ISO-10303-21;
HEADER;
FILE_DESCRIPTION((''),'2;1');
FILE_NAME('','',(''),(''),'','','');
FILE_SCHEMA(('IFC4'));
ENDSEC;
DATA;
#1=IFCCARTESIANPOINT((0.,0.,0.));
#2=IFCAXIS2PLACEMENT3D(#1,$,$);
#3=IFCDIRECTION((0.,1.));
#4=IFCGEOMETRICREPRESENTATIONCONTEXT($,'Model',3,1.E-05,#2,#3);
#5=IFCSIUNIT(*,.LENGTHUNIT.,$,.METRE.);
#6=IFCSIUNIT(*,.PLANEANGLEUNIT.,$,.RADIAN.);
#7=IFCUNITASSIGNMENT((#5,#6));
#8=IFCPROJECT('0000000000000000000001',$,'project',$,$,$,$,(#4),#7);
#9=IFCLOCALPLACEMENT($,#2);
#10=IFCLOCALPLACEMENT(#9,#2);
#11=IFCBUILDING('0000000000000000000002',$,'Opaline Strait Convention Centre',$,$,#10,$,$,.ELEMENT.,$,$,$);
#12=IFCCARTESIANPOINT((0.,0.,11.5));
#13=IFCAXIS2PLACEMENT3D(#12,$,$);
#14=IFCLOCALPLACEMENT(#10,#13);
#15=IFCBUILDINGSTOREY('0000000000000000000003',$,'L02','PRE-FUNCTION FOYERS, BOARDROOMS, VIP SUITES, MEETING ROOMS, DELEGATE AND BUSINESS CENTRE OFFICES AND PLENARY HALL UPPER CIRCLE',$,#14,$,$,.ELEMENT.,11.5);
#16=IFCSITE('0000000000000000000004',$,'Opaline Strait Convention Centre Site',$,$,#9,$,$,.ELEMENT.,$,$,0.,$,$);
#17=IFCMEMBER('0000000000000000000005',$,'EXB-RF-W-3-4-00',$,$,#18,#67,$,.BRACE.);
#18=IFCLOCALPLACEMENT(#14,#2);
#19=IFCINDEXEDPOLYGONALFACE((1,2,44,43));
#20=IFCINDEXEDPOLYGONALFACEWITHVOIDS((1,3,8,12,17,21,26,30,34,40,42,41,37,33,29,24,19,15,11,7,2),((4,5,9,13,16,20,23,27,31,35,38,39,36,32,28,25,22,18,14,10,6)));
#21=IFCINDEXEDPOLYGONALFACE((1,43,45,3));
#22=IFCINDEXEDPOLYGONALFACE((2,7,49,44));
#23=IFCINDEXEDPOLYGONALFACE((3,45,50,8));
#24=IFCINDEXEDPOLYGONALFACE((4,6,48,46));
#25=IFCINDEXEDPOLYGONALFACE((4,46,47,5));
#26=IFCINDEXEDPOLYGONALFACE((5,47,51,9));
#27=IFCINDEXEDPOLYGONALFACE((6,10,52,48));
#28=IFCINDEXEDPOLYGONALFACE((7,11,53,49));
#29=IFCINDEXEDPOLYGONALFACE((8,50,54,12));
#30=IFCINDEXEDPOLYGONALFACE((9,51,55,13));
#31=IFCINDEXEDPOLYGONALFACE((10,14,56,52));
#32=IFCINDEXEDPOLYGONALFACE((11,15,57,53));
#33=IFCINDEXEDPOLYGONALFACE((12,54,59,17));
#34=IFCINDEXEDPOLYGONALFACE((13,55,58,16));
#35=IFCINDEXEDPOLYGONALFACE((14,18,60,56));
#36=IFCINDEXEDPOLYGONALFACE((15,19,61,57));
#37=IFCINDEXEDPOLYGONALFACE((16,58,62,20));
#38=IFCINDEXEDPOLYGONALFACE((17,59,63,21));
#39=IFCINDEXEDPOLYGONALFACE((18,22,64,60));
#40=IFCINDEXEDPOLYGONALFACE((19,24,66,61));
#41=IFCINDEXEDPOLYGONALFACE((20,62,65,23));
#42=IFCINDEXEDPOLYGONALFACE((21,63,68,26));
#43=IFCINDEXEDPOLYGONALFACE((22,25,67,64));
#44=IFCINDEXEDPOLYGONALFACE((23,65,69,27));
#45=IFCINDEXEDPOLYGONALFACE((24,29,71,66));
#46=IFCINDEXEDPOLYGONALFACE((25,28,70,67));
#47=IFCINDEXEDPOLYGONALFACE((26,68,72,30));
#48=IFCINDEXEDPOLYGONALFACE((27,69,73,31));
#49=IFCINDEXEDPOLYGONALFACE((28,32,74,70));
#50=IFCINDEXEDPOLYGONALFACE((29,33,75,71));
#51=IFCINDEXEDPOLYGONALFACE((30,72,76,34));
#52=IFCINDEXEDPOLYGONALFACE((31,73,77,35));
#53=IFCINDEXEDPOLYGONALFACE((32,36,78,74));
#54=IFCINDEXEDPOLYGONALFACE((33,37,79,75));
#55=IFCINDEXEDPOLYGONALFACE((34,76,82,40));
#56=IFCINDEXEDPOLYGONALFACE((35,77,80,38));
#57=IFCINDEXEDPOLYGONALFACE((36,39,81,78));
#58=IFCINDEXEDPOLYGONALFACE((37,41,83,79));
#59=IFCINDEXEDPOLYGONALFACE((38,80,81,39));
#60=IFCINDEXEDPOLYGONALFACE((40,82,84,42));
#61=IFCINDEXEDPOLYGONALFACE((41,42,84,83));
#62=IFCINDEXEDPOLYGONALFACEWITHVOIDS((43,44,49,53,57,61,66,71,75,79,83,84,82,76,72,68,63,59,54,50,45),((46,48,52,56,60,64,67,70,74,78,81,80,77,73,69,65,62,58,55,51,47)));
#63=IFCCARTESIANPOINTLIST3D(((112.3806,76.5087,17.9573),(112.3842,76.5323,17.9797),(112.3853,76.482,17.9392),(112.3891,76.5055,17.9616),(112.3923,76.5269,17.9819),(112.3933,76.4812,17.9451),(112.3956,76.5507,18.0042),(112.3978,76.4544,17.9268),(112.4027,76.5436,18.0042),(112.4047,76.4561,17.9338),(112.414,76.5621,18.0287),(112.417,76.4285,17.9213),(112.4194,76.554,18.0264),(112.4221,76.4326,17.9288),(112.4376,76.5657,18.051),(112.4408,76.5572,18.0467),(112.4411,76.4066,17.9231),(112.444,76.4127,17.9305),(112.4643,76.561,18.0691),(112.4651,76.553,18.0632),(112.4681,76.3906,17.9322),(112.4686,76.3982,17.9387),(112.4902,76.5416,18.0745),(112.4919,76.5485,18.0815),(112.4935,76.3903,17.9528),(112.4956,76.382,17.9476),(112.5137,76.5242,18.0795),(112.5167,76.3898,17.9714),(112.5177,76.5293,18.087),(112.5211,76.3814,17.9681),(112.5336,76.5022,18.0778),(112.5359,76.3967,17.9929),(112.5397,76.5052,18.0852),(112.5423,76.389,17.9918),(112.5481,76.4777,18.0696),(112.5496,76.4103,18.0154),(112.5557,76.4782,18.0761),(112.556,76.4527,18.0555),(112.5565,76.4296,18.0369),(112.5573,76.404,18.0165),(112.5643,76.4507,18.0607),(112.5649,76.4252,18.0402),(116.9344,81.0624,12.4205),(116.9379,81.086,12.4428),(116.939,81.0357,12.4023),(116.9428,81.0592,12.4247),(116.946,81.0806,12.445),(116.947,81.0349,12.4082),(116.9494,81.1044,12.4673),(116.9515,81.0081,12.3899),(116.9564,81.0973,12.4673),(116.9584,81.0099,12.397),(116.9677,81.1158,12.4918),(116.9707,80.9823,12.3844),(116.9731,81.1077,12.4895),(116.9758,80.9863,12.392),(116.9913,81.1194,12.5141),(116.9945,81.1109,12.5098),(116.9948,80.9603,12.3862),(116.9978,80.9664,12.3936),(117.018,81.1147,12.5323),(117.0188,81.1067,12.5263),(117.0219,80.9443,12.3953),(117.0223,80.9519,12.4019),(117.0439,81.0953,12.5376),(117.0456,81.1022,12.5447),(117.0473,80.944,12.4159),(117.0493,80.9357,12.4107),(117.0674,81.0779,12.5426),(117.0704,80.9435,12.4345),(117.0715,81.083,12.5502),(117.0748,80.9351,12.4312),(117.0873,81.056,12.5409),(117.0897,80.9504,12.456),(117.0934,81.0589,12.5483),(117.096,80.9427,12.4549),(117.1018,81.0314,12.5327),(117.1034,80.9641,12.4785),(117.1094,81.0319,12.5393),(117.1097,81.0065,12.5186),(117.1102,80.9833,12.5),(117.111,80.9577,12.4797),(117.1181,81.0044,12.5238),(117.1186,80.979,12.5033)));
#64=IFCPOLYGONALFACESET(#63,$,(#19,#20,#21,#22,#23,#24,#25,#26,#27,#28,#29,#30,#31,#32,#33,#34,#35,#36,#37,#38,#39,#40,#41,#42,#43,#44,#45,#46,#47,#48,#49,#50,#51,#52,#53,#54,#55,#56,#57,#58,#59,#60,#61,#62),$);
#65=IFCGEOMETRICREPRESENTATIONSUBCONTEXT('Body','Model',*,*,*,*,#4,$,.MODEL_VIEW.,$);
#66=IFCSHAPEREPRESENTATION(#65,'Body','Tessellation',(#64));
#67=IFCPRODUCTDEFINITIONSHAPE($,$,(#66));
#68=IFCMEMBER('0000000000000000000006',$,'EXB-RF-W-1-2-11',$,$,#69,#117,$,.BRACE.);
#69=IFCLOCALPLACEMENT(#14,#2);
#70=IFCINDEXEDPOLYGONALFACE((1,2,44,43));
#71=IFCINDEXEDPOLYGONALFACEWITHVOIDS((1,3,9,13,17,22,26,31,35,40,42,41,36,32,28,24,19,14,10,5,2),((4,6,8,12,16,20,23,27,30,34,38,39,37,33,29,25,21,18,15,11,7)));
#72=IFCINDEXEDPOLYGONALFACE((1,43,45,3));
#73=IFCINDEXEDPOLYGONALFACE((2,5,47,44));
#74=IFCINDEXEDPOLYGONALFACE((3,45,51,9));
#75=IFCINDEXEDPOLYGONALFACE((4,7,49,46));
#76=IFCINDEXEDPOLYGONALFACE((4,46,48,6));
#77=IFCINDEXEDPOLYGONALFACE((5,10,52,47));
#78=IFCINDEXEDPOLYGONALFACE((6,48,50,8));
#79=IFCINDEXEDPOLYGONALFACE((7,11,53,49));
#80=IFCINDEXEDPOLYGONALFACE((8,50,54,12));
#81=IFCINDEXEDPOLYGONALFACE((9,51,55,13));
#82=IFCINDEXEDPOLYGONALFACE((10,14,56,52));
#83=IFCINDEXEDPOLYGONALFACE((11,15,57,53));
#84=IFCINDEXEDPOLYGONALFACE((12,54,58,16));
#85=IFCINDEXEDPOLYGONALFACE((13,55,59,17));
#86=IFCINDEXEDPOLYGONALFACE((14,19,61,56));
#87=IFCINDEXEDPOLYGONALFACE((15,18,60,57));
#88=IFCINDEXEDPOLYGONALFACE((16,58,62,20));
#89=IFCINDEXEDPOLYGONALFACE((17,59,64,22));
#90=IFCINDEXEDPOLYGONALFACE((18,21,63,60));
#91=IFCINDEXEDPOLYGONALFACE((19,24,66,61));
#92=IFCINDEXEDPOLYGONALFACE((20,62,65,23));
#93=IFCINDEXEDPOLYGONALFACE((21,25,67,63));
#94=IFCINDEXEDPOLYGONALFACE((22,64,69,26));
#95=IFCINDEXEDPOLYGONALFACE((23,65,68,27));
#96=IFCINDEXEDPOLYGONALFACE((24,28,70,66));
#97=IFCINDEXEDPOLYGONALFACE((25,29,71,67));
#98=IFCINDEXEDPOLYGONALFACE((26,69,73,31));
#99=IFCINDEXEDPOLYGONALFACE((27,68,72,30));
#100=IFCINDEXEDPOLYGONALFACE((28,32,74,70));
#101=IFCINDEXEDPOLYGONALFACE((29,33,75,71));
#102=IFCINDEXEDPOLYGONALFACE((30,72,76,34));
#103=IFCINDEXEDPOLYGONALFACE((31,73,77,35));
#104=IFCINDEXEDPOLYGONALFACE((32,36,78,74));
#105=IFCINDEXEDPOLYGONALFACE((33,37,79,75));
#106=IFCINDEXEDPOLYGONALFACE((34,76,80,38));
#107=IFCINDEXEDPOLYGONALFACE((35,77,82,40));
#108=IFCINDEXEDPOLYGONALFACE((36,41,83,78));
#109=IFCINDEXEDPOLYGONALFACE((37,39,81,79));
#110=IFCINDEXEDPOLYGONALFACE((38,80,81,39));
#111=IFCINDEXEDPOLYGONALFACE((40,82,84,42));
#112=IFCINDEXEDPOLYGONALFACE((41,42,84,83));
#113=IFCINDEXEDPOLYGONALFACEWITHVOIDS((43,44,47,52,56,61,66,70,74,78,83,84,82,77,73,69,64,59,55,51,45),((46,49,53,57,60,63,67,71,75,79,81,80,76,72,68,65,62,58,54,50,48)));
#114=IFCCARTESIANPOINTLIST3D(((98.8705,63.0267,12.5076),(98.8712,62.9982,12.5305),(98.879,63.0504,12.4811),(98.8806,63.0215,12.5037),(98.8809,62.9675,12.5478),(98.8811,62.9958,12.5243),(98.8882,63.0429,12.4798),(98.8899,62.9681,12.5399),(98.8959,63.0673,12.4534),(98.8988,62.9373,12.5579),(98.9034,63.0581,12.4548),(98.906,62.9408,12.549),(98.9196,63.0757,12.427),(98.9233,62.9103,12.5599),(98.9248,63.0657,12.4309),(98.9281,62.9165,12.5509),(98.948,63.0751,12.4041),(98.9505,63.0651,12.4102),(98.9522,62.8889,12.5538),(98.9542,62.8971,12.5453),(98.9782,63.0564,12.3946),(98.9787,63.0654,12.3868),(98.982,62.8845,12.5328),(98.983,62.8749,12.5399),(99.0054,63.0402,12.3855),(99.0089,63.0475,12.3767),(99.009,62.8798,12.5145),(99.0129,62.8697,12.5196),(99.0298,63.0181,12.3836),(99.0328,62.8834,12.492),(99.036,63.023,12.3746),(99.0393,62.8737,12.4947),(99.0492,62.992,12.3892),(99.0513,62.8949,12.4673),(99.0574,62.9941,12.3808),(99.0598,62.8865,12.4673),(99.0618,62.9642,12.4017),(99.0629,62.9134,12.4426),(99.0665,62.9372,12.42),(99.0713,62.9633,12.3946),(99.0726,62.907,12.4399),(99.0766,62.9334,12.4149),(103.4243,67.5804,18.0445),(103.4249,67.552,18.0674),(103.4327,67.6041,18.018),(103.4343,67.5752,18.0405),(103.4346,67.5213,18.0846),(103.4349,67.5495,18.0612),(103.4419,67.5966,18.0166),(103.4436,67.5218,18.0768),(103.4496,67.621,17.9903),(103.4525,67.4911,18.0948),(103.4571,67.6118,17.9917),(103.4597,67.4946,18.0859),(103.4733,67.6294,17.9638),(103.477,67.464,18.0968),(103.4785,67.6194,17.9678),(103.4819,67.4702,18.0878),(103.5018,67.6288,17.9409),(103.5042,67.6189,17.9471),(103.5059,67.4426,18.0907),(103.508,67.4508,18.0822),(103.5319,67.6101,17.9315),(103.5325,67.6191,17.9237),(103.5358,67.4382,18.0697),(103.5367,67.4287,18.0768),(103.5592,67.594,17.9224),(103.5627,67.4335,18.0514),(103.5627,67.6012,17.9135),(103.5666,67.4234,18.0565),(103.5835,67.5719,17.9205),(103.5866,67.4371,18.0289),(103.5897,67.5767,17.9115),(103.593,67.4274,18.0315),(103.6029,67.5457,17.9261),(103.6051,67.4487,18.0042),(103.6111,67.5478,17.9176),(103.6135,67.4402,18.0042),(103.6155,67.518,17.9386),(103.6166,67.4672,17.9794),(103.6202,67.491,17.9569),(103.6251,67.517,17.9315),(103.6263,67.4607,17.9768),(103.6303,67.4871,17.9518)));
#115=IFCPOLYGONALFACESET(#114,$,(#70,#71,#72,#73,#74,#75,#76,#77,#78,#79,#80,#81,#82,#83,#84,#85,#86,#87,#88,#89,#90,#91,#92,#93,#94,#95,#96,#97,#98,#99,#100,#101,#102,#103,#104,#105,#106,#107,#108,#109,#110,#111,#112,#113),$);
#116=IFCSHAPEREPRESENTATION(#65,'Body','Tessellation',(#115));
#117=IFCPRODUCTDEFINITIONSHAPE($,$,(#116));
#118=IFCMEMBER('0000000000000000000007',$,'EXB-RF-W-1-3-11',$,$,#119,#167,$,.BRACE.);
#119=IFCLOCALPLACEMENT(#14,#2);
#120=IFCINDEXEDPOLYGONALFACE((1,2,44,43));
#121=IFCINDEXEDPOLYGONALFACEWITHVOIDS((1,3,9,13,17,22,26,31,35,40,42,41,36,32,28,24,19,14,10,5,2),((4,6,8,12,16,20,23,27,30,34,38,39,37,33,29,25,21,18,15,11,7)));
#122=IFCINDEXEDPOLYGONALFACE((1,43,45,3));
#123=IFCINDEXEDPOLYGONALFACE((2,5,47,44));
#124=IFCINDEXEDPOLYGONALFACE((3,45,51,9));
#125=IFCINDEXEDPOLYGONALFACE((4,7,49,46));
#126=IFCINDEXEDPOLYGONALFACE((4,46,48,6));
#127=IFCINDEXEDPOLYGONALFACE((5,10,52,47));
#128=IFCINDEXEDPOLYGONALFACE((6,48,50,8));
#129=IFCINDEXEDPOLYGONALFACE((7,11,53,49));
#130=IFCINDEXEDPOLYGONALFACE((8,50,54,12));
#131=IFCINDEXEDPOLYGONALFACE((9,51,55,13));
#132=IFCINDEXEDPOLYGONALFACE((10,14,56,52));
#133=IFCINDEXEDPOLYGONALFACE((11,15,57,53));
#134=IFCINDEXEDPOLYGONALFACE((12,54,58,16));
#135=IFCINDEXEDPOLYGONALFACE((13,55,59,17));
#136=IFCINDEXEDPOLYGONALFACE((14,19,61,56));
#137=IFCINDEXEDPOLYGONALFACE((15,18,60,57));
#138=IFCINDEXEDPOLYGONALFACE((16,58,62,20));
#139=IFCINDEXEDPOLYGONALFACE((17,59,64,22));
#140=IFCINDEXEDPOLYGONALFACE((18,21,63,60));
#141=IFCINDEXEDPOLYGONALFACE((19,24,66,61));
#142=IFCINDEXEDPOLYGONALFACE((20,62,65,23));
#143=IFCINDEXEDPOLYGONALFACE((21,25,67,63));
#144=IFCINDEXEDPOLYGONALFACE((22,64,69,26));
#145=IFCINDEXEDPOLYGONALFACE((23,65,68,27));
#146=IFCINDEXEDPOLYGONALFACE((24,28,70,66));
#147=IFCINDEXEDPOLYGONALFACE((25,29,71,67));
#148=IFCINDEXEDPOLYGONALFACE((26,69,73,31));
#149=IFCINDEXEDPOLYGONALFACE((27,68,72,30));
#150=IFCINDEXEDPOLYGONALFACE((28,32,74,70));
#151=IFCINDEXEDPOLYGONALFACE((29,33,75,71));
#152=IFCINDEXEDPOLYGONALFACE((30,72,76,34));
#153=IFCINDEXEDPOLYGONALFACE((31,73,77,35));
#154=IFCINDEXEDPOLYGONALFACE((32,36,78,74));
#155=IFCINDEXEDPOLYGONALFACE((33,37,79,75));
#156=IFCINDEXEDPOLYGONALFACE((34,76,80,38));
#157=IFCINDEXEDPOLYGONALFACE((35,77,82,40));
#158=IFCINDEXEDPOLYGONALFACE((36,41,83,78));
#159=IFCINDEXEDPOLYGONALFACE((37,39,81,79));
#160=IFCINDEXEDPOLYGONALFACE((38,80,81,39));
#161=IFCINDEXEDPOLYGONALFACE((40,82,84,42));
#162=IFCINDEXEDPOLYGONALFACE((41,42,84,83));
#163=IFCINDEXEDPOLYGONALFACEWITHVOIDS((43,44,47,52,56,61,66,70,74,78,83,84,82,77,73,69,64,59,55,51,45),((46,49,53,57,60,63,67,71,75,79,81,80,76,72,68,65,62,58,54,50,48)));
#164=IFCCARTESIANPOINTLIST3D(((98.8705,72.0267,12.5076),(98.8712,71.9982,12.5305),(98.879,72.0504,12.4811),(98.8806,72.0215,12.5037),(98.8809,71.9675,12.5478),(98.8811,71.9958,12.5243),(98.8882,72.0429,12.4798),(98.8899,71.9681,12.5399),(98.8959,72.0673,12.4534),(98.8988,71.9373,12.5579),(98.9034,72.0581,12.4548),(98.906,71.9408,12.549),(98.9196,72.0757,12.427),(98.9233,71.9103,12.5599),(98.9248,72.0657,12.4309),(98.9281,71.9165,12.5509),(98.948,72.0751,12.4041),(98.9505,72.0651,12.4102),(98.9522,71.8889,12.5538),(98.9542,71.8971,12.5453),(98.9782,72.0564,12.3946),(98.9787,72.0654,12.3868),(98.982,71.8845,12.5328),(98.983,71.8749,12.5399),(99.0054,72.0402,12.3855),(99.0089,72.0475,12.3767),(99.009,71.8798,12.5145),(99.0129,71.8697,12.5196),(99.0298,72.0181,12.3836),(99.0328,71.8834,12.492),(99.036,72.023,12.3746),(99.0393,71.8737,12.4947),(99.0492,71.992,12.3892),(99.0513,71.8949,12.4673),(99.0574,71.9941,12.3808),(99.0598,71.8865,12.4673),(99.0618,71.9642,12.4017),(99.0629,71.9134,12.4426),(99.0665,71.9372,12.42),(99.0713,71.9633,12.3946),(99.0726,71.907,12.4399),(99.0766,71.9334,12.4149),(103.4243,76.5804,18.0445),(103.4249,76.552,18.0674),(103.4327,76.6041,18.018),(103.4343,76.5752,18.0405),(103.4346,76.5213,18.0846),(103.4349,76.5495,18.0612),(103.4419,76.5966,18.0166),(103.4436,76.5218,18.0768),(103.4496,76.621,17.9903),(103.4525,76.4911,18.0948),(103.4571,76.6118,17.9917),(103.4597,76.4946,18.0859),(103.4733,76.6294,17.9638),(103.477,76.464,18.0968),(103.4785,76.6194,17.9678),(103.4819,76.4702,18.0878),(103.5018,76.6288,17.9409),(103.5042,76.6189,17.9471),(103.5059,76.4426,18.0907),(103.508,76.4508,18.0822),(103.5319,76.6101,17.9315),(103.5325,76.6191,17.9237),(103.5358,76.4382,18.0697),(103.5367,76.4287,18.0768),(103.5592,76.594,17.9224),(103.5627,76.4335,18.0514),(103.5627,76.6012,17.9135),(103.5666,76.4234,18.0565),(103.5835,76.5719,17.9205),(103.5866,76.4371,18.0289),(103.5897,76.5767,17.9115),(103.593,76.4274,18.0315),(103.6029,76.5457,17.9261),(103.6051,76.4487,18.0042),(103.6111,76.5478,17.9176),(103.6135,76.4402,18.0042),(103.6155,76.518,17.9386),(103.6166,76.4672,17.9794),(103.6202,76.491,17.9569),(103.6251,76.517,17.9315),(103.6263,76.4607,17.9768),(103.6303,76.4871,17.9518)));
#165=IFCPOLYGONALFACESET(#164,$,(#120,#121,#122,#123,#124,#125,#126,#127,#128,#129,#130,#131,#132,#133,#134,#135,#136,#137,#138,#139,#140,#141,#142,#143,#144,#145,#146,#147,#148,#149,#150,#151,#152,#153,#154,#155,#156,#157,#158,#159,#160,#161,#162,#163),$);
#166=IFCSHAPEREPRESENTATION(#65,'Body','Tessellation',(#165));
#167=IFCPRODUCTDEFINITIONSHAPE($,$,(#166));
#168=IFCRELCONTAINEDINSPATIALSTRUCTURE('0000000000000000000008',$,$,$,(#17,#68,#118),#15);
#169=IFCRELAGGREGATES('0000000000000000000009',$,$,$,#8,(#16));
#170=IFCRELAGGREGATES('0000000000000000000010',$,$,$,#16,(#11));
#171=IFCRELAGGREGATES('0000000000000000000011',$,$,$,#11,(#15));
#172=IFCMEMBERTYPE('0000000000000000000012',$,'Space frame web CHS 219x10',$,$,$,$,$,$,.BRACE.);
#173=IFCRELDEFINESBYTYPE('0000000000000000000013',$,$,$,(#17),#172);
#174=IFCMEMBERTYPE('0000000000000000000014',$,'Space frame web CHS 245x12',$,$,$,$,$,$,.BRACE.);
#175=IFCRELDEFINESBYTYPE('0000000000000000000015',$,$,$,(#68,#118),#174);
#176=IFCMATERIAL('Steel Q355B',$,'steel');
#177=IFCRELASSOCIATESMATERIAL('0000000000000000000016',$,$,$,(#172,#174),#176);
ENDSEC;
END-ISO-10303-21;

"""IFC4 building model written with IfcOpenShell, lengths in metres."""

from ifc_helpers import new_model, si_unit, direction, frame, origin, origin_2d, place, context, subcontext, project, spatial, hollow_circle, extrude, material, material_profile, profile_set, type_object, element, save


model = new_model("IFC4")

# Units and contexts
model_context = context("Model", 3, precision=1e-05, world=origin(), true_north=direction((0.0, 1.0)))
body_context = subcontext(model_context, "Body", "Model", "MODEL_VIEW")
ifc_project = project(units=[si_unit("LENGTHUNIT", "METRE"), si_unit("PLANEANGLEUNIT", "RADIAN")], contexts=[model_context])

# Site, building, storey
site_placement = place(None, origin())
site = spatial("IfcSite", under=ifc_project, at=site_placement, Name="Opaline Strait Convention Centre Site", CompositionType="ELEMENT", RefElevation=0.0)
building_placement = place(site_placement, origin())
building = spatial("IfcBuilding", under=site, at=building_placement, Name="Opaline Strait Convention Centre", CompositionType="ELEMENT")
storey_placement = place(building_placement, frame((0.0, 0.0, 11.5)))
storey = spatial("IfcBuildingStorey", under=building, at=storey_placement, Name="L02", Description="PRE-FUNCTION FOYERS, BOARDROOMS, VIP SUITES, MEETING ROOMS, DELEGATE AND BUSINESS CENTRE OFFICES AND PLENARY HALL UPPER CIRCLE", CompositionType="ELEMENT", Elevation=11.5)

# Members
ifc_material_1 = material(Name="Steel Q355B", Category="steel")
ifc_material_profile_1 = material_profile(ifc_material_1, hollow_circle(Radius=0.1096, WallThickness=0.01, at=origin_2d()), Name="CHS 219x10")
ifc_profile_set_1 = profile_set([ifc_material_profile_1], Name="Steel Q355B")
member_type_1 = type_object("IfcMemberType", Name="Space frame web CHS 219x10", PredefinedType="BRACE", material=ifc_profile_set_1)
for number, where, z_axis, x_axis, name in (
    (1, (112.4731, 76.4731, 18.0042), (0.536178, 0.536178, -0.65194), (-0.707107, 0.707107, 0.0), "EXB-RF-W-3-4-00"),
):
    element("IfcMember", number, at=place(storey_placement, frame(where, z_axis=z_axis, x_axis=x_axis)), inside=storey, type_object=member_type_1, Name=name, PredefinedType="BRACE", context=body_context, shape_type="SweptSolid", body=[
        extrude(hollow_circle(Radius=0.1096, WallThickness=0.01, at=origin_2d()), origin(), (0.0, 0.0, 1.0), 8.4929),
    ])
ifc_material_profile_2 = material_profile(ifc_material_1, hollow_circle(Radius=0.1226, WallThickness=0.012, at=origin_2d()), Name="CHS 245x12")
ifc_profile_set_2 = profile_set([ifc_material_profile_2], Name="Steel Q355B")
member_type_2 = type_object("IfcMemberType", Name="Space frame web CHS 245x12", PredefinedType="BRACE", material=ifc_profile_set_2)
for number, where, z_axis, x_axis, name in (
    (2, (103.5269, 67.5269, 18.0042), (-0.536178, -0.536178, -0.65194), (0.707107, -0.707107, 0.0), "EXB-RF-W-1-2-11"),
    (3, (103.5269, 76.5269, 18.0042), (-0.536178, -0.536178, -0.65194), (0.707107, -0.707107, 0.0), "EXB-RF-W-1-3-11"),
):
    element("IfcMember", number, at=place(storey_placement, frame(where, z_axis=z_axis, x_axis=x_axis)), inside=storey, type_object=member_type_2, Name=name, PredefinedType="BRACE", context=body_context, shape_type="SweptSolid", body=[
        extrude(hollow_circle(Radius=0.1226, WallThickness=0.012, at=origin_2d()), origin(), (0.0, 0.0, 1.0), 8.4929),
    ])

save(model, "model.ifc")
